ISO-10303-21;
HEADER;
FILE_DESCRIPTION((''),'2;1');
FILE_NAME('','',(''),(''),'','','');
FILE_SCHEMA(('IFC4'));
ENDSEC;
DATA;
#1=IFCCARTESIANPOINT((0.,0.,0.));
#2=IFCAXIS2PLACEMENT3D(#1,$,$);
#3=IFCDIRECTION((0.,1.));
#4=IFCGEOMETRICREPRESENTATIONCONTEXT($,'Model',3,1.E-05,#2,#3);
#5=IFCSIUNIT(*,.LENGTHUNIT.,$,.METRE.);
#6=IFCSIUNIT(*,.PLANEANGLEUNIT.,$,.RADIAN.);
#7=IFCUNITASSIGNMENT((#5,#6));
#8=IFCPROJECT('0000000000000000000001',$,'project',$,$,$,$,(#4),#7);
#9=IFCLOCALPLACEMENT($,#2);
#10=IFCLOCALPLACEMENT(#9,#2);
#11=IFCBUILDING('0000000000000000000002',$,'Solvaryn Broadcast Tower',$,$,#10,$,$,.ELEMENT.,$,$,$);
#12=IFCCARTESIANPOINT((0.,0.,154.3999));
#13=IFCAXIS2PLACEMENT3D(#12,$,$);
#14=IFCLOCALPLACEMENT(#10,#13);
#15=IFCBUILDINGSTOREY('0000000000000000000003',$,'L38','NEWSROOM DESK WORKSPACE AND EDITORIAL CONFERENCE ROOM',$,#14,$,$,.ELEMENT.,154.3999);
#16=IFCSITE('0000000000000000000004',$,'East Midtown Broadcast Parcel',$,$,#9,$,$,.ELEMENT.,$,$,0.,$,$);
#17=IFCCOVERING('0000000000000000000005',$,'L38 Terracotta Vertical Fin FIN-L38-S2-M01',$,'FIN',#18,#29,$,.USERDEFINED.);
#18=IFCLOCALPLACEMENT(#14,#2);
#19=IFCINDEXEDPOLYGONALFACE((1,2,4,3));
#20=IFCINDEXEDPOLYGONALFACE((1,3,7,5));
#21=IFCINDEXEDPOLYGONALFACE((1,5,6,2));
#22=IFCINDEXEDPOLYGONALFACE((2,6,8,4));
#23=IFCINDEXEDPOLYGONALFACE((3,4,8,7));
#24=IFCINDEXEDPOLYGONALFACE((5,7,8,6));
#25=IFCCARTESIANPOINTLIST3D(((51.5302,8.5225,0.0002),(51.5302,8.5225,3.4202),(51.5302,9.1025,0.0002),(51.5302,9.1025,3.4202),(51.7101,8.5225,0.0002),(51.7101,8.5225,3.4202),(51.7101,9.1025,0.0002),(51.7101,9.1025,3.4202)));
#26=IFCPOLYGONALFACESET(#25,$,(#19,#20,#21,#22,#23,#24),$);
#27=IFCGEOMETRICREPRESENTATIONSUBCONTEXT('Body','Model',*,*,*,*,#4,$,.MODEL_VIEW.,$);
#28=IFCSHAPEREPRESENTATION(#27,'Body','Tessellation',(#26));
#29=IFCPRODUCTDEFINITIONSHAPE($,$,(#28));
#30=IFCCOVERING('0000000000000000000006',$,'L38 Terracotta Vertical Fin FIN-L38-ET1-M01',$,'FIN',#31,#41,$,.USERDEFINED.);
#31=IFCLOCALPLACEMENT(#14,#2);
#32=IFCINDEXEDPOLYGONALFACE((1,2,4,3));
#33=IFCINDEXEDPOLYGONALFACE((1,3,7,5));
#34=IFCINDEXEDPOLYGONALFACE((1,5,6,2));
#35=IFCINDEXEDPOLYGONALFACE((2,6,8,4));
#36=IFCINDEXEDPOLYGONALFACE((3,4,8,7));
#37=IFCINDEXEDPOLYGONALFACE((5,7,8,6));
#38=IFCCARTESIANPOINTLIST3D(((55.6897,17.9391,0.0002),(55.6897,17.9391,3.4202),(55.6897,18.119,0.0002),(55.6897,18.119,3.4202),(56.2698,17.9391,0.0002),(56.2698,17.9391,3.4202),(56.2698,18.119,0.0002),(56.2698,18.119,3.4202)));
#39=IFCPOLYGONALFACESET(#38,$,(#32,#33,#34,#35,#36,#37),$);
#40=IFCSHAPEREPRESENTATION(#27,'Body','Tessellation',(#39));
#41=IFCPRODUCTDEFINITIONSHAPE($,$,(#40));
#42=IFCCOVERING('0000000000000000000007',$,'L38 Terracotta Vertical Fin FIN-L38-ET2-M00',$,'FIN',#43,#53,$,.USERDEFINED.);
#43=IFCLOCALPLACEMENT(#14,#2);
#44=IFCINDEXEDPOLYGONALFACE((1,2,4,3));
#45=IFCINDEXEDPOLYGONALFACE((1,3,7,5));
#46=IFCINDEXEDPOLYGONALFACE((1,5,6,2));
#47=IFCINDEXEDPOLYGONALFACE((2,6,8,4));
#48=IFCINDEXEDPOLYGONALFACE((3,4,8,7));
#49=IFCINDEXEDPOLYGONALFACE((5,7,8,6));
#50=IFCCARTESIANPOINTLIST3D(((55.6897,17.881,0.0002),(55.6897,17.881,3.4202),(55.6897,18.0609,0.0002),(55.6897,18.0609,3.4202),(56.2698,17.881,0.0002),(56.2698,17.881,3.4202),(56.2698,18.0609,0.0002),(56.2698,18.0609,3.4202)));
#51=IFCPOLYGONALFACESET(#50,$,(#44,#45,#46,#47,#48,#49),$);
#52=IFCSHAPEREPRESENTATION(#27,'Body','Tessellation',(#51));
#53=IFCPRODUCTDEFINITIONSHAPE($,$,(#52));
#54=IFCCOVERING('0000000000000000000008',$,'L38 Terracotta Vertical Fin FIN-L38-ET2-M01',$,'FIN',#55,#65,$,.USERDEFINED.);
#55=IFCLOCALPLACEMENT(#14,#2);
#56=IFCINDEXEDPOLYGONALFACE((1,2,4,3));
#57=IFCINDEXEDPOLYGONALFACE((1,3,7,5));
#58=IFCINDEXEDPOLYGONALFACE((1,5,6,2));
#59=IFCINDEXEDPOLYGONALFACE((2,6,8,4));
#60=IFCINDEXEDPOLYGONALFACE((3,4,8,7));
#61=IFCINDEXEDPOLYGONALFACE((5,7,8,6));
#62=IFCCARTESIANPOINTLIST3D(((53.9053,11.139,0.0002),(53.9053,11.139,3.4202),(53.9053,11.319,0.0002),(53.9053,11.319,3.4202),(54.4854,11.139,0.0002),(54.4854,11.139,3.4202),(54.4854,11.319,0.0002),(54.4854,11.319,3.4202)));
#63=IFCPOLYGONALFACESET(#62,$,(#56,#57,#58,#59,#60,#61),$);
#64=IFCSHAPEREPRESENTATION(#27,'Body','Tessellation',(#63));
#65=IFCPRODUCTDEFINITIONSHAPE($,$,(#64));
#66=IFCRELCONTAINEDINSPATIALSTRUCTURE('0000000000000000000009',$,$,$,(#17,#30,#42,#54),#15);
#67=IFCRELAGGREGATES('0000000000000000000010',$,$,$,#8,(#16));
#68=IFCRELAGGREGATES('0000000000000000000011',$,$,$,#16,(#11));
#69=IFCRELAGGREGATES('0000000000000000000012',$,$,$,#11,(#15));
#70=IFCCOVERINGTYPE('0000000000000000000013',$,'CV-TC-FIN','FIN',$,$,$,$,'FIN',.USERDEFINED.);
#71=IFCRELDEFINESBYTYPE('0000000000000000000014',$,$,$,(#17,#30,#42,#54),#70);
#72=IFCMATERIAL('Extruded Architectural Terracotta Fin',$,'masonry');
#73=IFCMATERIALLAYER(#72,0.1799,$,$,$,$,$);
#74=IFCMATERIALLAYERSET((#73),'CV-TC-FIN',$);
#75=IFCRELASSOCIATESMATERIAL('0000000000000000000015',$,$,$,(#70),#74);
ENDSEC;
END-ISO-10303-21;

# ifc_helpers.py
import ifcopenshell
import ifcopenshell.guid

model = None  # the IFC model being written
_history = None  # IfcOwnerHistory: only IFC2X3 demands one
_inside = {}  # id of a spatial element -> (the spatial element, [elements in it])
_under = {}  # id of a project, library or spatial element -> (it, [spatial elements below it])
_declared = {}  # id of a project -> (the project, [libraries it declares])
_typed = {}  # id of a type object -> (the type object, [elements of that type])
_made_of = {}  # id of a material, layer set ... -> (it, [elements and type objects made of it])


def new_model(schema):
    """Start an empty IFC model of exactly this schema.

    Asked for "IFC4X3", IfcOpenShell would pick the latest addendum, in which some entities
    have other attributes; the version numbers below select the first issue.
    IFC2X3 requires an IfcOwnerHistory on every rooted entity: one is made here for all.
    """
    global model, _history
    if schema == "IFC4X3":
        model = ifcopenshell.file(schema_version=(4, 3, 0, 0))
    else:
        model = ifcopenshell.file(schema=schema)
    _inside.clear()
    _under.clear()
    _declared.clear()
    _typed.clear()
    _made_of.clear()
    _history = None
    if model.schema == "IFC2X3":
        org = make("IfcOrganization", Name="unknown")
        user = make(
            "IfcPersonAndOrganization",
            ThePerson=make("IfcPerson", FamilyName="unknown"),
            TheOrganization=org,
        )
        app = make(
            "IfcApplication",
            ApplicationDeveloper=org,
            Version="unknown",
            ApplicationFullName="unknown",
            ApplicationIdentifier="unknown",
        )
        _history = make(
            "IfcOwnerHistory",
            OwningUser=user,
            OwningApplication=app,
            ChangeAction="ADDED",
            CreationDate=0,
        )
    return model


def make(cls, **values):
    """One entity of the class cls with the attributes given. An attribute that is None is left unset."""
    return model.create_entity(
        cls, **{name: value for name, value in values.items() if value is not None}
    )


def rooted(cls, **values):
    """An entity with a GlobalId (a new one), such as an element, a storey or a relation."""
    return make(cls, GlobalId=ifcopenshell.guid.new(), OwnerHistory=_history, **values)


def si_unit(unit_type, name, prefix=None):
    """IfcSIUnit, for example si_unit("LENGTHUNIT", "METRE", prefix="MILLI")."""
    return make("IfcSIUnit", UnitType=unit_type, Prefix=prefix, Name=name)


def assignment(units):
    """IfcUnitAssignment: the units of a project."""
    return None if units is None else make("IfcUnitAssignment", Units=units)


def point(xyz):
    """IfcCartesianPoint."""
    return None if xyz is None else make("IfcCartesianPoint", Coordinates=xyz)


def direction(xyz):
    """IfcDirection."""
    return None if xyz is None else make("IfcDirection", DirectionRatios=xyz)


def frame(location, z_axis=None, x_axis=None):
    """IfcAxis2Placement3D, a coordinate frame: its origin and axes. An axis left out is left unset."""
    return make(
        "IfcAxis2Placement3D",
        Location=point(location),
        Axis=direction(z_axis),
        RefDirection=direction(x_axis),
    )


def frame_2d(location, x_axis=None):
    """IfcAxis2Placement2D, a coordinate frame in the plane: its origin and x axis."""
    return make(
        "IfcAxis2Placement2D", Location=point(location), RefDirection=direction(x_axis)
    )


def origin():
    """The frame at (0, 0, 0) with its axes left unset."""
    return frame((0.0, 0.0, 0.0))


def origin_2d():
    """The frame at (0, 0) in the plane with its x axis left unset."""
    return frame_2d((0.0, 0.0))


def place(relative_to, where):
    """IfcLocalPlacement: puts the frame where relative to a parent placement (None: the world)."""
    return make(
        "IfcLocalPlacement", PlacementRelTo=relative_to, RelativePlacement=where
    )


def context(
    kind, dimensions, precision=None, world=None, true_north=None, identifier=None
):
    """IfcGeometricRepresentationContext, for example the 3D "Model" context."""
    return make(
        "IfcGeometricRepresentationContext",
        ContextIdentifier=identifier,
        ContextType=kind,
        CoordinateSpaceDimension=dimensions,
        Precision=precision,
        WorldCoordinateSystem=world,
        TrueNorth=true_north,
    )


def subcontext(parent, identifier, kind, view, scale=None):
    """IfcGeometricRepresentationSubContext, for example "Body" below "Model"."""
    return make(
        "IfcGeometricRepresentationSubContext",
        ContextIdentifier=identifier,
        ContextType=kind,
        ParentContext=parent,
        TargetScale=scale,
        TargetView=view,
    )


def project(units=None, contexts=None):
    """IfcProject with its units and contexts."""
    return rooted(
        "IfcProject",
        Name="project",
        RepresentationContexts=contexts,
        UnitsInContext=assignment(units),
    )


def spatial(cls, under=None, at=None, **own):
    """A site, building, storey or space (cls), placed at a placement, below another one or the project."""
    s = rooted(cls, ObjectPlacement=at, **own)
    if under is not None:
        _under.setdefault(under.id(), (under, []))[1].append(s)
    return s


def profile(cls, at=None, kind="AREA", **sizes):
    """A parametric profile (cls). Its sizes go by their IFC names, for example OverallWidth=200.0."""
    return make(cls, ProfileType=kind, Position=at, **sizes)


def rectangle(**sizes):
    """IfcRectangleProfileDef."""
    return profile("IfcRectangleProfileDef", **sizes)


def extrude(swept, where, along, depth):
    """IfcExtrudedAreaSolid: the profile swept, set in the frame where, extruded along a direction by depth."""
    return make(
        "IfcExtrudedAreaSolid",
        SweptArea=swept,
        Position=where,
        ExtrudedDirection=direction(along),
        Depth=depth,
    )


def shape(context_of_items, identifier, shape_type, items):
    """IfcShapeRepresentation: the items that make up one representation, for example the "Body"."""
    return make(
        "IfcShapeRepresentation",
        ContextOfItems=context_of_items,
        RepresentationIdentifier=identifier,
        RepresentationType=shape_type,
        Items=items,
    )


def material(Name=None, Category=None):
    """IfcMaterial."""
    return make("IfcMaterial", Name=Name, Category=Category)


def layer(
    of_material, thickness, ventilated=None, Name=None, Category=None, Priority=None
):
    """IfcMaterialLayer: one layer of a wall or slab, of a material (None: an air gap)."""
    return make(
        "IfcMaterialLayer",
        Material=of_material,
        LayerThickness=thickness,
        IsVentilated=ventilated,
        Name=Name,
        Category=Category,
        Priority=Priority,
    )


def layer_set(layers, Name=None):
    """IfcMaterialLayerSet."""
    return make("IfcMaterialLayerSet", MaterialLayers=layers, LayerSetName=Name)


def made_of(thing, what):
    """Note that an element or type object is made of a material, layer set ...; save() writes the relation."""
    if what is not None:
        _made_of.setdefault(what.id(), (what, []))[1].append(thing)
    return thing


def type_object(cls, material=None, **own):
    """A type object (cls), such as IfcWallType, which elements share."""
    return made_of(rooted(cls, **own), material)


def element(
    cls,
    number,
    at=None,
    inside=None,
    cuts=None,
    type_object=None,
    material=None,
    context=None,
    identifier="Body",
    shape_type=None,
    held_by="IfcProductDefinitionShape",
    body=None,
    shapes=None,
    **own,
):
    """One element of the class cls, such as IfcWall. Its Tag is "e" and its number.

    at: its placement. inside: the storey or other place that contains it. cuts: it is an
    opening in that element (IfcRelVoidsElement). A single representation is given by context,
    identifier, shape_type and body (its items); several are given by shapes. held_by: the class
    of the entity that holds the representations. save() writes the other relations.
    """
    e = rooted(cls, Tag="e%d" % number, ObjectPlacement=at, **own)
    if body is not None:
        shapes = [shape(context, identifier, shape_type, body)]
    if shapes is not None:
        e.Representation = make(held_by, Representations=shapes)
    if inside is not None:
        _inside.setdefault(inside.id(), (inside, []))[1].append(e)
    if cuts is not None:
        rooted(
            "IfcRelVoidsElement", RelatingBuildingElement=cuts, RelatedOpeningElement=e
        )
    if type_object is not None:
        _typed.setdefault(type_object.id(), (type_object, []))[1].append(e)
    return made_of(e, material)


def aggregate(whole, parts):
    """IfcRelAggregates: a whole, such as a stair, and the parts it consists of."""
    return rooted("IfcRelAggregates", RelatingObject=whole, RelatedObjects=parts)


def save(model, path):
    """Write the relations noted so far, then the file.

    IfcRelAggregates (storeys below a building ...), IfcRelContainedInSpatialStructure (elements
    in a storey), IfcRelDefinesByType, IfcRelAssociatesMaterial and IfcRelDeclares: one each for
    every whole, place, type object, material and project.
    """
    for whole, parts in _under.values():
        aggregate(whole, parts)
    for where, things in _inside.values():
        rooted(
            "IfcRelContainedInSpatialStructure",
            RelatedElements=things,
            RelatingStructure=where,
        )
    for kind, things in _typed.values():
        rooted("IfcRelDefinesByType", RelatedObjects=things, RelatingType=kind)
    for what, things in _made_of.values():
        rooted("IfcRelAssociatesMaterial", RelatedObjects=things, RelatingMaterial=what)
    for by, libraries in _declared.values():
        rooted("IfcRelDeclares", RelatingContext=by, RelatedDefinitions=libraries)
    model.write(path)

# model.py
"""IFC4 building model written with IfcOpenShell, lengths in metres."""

from ifc_helpers import new_model, si_unit, direction, frame, origin, origin_2d, place, context, subcontext, project, spatial, rectangle, extrude, material, layer, layer_set, type_object, element, save


model = new_model("IFC4")

# Units and contexts
model_context = context("Model", 3, precision=1e-05, world=origin(), true_north=direction((0.0, 1.0)))
body_context = subcontext(model_context, "Body", "Model", "MODEL_VIEW")
ifc_project = project(units=[si_unit("LENGTHUNIT", "METRE"), si_unit("PLANEANGLEUNIT", "RADIAN")], contexts=[model_context])

# Site, building, storey
site_placement = place(None, origin())
site = spatial("IfcSite", under=ifc_project, at=site_placement, Name="East Midtown Broadcast Parcel", CompositionType="ELEMENT", RefElevation=0.0)
building_placement = place(site_placement, origin())
building = spatial("IfcBuilding", under=site, at=building_placement, Name="Solvaryn Broadcast Tower", CompositionType="ELEMENT")
storey_placement = place(building_placement, frame((0.0, 0.0, 154.3999)))
storey = spatial("IfcBuildingStorey", under=building, at=storey_placement, Name="L38", Description="NEWSROOM DESK WORKSPACE AND EDITORIAL CONFERENCE ROOM", CompositionType="ELEMENT", Elevation=154.3999)

# Coverings
ifc_material_1 = material(Name="Extruded Architectural Terracotta Fin", Category="masonry")
ifc_layer_1 = layer(ifc_material_1, 0.1799)
ifc_layer_set_1 = layer_set([ifc_layer_1], Name="CV-TC-FIN")
covering_type_1 = type_object("IfcCoveringType", Name="CV-TC-FIN", Description="FIN", ElementType="FIN", PredefinedType="USERDEFINED", material=ifc_layer_set_1)
covering_1_placement = place(storey_placement, frame((51.6201, 8.8125, 0.0002), z_axis=(0.0, 0.0, 1.0), x_axis=(1.0, 0.0, 0.0)))
element("IfcCovering", 1, at=covering_1_placement, inside=storey, type_object=covering_type_1, Name="L38 Terracotta Vertical Fin FIN-L38-S2-M01", ObjectType="FIN", PredefinedType="USERDEFINED", context=body_context, shape_type="SweptSolid", body=[
    extrude(rectangle(XDim=0.1799, YDim=0.5801, at=origin_2d()), origin(), (0.0, 0.0, 1.0), 3.4199),
])
for number, where, z_axis, x_axis, name in (
    (2, (55.9797, 18.0291, 0.0002), (0.0, 0.0, 1.0), (1.0, 0.0, 0.0), "L38 Terracotta Vertical Fin FIN-L38-ET1-M01"),
    (3, (55.9797, 17.9709, 0.0002), (0.0, 0.0, 1.0), (1.0, 0.0, 0.0), "L38 Terracotta Vertical Fin FIN-L38-ET2-M00"),
    (4, (54.1953, 11.229, 0.0002), (0.0, 0.0, 1.0), (1.0, 0.0, 0.0), "L38 Terracotta Vertical Fin FIN-L38-ET2-M01"),
):
    element("IfcCovering", number, at=place(storey_placement, frame(where, z_axis=z_axis, x_axis=x_axis)), inside=storey, type_object=covering_type_1, Name=name, ObjectType="FIN", PredefinedType="USERDEFINED", context=body_context, shape_type="SweptSolid", body=[
        extrude(rectangle(XDim=0.5801, YDim=0.1799, at=origin_2d()), origin(), (0.0, 0.0, 1.0), 3.4199),
    ])

save(model, "model.ifc")
